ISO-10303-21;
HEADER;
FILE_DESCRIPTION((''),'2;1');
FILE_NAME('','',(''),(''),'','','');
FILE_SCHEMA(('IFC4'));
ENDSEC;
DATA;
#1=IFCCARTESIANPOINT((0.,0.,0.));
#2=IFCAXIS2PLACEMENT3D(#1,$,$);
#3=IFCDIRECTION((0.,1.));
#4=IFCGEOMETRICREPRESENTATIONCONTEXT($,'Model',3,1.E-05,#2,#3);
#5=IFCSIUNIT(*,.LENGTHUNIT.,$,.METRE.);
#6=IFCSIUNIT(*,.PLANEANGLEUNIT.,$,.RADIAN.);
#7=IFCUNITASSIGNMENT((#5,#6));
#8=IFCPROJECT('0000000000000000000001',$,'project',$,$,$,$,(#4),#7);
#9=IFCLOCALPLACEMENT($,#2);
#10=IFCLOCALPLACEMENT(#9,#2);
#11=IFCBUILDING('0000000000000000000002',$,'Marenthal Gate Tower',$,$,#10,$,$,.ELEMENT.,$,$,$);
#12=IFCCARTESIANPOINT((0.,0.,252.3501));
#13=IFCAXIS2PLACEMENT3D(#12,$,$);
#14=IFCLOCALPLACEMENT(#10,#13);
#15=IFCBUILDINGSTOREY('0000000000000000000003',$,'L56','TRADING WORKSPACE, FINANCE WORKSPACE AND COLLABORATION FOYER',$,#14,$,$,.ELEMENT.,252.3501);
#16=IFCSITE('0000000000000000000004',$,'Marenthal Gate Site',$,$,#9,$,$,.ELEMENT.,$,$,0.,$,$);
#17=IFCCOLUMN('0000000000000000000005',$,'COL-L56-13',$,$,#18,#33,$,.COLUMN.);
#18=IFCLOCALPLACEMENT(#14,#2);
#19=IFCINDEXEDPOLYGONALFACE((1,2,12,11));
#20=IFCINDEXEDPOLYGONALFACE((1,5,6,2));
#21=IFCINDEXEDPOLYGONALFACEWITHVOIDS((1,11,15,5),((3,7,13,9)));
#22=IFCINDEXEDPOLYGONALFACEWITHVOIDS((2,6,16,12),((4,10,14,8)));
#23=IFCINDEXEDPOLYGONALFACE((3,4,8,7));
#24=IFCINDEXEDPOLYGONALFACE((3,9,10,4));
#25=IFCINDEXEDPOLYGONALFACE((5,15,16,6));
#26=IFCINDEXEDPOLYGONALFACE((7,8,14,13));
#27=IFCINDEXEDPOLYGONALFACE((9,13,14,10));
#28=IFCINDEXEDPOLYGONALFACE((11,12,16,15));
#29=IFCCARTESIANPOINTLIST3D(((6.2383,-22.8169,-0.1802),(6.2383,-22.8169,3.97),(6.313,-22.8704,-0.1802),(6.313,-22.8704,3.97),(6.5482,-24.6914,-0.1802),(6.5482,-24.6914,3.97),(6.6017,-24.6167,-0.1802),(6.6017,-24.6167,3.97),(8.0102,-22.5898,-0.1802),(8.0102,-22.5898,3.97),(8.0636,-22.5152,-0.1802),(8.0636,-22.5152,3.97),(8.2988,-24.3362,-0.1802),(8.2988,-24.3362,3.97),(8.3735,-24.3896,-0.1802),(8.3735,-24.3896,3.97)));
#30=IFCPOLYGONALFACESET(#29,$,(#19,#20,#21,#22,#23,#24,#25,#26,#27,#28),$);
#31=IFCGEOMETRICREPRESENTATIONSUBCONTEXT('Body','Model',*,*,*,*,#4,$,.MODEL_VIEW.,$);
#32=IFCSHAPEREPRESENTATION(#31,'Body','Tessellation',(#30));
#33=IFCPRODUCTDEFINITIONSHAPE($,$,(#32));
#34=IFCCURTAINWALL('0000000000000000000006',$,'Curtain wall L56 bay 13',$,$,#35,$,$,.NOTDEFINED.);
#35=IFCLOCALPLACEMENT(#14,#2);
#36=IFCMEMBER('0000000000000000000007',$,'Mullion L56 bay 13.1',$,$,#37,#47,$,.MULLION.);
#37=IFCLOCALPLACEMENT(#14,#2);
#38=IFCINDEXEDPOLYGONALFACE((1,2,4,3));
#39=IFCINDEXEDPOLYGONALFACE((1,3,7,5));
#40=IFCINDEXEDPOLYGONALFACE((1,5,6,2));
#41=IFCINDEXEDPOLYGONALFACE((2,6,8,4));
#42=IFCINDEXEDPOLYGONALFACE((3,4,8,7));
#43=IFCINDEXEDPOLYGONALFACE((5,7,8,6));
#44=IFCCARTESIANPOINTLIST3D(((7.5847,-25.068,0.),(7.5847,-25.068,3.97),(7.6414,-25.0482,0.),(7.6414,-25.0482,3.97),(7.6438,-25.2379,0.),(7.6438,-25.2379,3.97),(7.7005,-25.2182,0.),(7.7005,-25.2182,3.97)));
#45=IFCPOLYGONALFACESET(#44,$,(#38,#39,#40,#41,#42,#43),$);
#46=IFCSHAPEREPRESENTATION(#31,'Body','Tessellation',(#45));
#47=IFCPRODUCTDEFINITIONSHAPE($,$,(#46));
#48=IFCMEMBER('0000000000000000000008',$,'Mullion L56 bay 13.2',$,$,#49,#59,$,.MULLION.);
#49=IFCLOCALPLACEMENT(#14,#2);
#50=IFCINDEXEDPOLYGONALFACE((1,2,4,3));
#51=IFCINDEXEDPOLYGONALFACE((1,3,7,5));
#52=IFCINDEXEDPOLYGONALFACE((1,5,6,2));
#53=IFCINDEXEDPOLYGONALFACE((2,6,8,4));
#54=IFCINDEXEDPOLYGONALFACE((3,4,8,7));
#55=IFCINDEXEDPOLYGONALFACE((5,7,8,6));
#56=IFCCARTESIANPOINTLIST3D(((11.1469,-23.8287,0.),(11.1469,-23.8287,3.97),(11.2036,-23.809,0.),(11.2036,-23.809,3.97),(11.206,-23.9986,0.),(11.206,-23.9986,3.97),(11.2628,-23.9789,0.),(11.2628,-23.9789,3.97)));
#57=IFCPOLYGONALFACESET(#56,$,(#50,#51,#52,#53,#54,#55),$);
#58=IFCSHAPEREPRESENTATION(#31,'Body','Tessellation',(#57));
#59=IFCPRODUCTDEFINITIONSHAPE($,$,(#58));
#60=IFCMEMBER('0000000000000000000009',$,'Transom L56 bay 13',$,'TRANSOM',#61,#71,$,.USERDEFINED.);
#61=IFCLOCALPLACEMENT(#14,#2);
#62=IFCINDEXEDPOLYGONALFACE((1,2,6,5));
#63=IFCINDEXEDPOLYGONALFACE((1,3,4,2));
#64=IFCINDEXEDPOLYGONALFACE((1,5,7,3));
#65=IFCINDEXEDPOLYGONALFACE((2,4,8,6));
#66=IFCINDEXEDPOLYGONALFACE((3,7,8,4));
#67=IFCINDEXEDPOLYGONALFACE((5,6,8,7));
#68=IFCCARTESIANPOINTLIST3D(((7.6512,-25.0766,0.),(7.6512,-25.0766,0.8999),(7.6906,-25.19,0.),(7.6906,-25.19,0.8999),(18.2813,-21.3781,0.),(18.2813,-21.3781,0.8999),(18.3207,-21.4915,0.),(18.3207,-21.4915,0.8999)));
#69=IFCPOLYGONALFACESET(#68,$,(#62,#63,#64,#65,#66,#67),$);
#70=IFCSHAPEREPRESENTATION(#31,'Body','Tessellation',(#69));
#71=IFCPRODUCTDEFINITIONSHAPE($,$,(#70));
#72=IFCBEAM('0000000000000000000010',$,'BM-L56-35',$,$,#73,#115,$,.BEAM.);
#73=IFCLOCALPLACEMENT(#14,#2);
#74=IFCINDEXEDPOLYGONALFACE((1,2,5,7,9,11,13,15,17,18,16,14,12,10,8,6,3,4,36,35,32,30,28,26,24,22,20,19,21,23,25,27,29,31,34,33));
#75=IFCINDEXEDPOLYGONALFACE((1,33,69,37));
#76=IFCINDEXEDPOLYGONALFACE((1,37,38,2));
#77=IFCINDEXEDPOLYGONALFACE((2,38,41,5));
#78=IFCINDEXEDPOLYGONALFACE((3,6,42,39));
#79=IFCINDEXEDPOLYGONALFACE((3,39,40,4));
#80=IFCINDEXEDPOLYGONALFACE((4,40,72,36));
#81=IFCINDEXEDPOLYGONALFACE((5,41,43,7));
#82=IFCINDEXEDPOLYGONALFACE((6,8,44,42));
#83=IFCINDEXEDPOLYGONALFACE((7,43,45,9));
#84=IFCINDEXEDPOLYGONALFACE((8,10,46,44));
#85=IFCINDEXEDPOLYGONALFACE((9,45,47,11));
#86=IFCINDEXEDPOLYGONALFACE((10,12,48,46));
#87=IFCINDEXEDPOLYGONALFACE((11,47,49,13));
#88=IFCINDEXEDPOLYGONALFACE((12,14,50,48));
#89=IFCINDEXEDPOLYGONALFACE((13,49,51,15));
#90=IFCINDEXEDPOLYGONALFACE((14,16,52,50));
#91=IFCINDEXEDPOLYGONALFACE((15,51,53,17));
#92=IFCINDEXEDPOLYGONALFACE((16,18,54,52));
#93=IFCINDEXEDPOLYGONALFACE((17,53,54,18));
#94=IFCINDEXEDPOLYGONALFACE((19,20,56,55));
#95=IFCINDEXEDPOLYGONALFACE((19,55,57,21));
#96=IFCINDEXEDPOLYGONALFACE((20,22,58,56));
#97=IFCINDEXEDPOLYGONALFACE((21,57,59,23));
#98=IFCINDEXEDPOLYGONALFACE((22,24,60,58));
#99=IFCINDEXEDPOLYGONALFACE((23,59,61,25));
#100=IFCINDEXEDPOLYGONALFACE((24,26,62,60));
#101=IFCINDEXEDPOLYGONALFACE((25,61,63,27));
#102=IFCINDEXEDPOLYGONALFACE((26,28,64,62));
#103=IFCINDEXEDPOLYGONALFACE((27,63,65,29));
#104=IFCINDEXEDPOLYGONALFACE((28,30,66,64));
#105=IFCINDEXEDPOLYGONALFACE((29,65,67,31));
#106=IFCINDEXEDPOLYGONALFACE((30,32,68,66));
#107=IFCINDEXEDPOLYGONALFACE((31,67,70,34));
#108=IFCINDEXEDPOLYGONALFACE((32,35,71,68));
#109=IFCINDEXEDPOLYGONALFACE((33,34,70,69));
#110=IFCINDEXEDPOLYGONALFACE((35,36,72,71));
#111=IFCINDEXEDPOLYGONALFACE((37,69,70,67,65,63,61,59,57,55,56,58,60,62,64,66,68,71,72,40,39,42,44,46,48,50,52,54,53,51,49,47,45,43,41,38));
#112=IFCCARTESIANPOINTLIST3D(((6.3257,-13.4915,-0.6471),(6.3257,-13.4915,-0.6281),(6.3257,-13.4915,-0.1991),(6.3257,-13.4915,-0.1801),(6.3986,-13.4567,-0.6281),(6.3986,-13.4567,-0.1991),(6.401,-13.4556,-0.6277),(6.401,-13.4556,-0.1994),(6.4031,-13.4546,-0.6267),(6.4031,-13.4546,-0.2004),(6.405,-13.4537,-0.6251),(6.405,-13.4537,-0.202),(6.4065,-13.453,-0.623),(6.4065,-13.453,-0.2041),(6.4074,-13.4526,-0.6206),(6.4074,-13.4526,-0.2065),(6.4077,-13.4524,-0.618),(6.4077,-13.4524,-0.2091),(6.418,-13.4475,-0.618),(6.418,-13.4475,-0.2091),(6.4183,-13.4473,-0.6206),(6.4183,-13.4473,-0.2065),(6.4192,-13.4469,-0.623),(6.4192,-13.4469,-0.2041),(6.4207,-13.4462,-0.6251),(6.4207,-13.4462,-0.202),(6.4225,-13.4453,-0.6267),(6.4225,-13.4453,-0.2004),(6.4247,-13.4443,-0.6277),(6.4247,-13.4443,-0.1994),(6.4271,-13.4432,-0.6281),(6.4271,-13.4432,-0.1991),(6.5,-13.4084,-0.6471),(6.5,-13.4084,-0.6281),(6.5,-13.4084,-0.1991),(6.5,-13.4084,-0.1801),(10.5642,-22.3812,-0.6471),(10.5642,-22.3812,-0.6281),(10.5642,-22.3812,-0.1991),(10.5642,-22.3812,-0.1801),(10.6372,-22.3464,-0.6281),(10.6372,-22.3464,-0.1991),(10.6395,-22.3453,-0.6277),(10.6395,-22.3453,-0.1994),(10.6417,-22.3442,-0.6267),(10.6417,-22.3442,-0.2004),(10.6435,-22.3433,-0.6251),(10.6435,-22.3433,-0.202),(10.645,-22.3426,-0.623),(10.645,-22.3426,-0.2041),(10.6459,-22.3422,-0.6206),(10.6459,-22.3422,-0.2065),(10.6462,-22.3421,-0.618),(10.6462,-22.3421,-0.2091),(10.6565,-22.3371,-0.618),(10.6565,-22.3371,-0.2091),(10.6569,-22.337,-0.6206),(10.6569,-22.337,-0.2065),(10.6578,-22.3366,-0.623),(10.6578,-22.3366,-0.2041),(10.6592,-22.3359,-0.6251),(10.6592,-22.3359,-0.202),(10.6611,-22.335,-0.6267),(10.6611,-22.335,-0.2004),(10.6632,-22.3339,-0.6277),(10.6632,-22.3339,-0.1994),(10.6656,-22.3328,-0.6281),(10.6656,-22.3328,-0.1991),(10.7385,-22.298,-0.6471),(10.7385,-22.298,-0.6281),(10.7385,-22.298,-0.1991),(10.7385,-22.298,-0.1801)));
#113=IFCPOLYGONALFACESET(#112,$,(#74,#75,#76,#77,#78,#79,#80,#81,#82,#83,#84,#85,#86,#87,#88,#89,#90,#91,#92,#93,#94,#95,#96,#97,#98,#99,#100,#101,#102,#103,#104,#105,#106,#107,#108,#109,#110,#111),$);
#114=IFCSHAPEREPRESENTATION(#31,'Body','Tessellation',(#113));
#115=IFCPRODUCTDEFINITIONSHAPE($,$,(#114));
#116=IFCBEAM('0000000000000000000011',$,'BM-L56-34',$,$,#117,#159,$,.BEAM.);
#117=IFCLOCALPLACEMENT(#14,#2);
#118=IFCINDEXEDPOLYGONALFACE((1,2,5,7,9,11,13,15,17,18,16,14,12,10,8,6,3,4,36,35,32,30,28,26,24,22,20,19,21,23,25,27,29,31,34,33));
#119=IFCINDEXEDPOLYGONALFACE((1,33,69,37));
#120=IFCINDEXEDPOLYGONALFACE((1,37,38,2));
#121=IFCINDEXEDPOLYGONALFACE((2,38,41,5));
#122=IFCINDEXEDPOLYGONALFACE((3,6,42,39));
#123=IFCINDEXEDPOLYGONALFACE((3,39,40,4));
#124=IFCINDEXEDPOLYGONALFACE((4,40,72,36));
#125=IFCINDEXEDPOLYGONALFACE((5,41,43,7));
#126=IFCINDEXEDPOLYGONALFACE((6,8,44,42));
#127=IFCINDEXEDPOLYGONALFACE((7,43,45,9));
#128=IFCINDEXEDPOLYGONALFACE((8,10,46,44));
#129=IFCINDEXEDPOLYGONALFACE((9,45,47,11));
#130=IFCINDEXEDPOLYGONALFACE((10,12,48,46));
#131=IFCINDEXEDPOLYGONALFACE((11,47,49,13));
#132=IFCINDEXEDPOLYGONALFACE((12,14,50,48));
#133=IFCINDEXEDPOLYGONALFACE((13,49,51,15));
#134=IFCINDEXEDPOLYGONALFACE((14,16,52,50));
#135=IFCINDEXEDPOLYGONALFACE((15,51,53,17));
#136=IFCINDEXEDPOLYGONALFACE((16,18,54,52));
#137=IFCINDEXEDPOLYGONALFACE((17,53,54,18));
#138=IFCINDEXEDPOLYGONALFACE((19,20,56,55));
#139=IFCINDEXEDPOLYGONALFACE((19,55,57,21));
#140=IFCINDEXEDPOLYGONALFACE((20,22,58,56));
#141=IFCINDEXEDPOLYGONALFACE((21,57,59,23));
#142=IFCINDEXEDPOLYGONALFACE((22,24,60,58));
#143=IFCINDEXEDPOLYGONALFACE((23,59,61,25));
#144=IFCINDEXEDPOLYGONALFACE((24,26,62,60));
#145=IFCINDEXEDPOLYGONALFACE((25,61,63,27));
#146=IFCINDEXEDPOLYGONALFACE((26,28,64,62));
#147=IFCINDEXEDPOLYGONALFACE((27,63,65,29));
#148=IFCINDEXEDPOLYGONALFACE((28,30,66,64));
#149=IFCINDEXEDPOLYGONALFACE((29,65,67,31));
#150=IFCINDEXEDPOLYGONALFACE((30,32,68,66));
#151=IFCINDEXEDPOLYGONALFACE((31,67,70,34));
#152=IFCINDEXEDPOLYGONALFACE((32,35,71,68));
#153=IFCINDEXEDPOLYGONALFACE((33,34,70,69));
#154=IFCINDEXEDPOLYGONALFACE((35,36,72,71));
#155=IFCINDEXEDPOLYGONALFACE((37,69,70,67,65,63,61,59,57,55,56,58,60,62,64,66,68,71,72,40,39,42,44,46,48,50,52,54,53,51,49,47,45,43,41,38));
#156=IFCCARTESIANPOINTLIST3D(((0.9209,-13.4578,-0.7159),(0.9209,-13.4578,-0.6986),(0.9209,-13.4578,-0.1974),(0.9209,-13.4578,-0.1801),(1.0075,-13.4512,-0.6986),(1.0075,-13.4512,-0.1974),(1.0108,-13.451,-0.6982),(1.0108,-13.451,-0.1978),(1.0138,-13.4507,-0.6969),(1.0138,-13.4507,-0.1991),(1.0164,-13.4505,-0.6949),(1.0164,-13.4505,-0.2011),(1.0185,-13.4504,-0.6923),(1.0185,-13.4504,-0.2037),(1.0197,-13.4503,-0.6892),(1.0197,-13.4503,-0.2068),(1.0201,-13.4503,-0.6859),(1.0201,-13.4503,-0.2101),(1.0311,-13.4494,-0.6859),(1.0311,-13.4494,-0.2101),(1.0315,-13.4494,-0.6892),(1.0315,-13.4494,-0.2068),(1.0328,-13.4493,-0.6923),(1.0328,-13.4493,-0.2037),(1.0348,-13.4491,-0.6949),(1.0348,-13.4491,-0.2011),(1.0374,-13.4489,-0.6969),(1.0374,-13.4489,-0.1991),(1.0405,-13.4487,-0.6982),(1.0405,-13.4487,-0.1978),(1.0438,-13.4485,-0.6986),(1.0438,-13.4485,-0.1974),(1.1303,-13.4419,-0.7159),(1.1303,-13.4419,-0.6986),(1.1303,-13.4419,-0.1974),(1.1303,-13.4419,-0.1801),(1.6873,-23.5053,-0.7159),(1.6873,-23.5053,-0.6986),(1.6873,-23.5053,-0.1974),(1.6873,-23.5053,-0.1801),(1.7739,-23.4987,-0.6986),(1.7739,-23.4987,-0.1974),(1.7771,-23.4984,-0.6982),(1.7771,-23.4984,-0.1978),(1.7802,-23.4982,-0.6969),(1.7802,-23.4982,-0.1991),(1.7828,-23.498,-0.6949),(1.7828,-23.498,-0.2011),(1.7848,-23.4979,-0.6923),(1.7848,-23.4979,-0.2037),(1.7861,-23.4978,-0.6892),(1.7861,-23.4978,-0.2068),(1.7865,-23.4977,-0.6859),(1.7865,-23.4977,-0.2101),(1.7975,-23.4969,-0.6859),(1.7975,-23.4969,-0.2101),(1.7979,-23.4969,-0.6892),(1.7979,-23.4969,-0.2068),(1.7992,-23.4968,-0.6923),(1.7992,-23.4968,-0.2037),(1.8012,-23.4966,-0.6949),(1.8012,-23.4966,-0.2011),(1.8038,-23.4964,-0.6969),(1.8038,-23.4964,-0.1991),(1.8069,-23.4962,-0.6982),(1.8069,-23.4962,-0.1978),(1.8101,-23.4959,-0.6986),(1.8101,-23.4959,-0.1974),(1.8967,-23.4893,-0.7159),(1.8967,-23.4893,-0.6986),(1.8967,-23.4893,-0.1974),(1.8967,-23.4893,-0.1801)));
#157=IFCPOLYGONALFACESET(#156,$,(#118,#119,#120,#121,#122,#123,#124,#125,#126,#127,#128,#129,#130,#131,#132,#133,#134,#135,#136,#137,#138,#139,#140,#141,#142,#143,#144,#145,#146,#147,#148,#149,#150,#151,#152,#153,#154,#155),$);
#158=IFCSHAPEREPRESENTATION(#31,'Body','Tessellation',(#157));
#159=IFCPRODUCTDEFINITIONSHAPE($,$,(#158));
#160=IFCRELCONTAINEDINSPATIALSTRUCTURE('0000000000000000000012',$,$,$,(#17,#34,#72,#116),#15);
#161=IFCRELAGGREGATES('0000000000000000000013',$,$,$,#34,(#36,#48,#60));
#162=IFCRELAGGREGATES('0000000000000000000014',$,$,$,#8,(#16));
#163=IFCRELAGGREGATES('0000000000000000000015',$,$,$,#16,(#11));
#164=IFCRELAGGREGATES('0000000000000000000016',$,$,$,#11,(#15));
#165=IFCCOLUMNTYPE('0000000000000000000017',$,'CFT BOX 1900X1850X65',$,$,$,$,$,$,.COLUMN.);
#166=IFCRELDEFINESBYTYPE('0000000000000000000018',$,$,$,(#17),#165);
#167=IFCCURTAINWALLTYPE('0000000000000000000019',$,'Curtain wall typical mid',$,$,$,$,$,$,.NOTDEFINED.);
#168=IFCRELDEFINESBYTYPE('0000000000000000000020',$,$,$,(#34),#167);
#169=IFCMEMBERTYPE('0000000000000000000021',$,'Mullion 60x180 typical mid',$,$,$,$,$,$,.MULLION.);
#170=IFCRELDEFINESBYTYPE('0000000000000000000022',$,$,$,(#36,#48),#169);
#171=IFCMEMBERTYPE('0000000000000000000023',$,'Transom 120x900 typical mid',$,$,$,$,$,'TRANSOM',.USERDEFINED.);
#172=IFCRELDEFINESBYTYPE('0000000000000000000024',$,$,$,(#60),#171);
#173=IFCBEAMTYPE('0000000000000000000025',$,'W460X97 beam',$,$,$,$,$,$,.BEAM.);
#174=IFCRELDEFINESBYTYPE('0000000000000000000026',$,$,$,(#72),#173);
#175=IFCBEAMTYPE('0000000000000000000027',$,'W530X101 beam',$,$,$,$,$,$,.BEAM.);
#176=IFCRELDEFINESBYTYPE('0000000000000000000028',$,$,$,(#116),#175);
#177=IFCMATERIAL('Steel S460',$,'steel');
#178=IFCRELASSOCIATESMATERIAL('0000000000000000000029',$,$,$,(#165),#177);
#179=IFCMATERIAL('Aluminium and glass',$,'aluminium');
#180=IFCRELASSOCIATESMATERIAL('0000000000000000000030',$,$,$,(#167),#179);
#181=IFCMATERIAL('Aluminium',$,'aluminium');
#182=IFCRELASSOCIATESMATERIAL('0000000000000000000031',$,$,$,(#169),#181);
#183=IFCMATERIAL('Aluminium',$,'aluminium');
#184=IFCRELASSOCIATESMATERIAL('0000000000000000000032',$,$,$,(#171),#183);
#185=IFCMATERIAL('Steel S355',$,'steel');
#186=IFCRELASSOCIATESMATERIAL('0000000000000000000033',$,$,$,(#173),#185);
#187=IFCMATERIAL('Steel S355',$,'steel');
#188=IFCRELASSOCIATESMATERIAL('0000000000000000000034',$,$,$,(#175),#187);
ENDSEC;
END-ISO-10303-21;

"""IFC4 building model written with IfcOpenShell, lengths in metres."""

from ifc_helpers import new_model, si_unit, direction, frame, origin, origin_2d, place, context, subcontext, project, spatial, rectangle, hollow_rectangle, i_section, extrude, material, material_profile, profile_set, type_object, element, aggregate, save


model = new_model("IFC4")

# Units and contexts
model_context = context("Model", 3, precision=1e-05, world=origin(), true_north=direction((0.0, 1.0)))
body_context = subcontext(model_context, "Body", "Model", "MODEL_VIEW")
ifc_project = project(units=[si_unit("LENGTHUNIT", "METRE"), si_unit("PLANEANGLEUNIT", "RADIAN")], contexts=[model_context])

# Site, building, storey
site_placement = place(None, origin())
site = spatial("IfcSite", under=ifc_project, at=site_placement, Name="Marenthal Gate Site", CompositionType="ELEMENT", RefElevation=0.0)
building_placement = place(site_placement, origin())
building = spatial("IfcBuilding", under=site, at=building_placement, Name="Marenthal Gate Tower", CompositionType="ELEMENT")
storey_placement = place(building_placement, frame((0.0, 0.0, 252.3501)))
storey = spatial("IfcBuildingStorey", under=building, at=storey_placement, Name="L56", Description="TRADING WORKSPACE, FINANCE WORKSPACE AND COLLABORATION FOYER", CompositionType="ELEMENT", Elevation=252.3501)

# Column
ifc_material_1 = material(Name="Steel S460", Category="steel")
ifc_material_profile_1 = material_profile(ifc_material_1, hollow_rectangle(XDim=1.8501, YDim=1.8999, WallThickness=0.0649, at=origin_2d()), Name="CFT BOX 1900X1850X65")
ifc_material_2 = material(Name="Concrete 70 MPa", Category="concrete")
ifc_material_profile_2 = material_profile(ifc_material_2, rectangle(XDim=1.72, YDim=1.77, at=origin_2d()), Name="CFT BOX 1900X1850X65 INFILL")
ifc_profile_set_1 = profile_set([ifc_material_profile_1, ifc_material_profile_2], Name="Steel S460 shell, Concrete 70 MPa infill")
column_type = type_object("IfcColumnType", Name="CFT BOX 1900X1850X65", PredefinedType="COLUMN", material=ifc_profile_set_1)
column_placement = place(storey_placement, frame((7.3059, -23.6033, -0.1802), z_axis=(0.0, 0.0, 1.0), x_axis=(-0.986611, -0.163088, 0.0)))
element("IfcColumn", 1, at=column_placement, inside=storey, type_object=column_type, Name="COL-L56-13", PredefinedType="COLUMN", context=body_context, shape_type="SweptSolid", body=[
    extrude(hollow_rectangle(XDim=1.8501, YDim=1.8999, WallThickness=0.0649, at=origin_2d()), origin(), (0.0, 0.0, 1.0), 4.1501),
])

# Curtain wall, members
ifc_material_3 = material(Name="Aluminium and glass", Category="aluminium")
curtain_wall_type = type_object("IfcCurtainWallType", Name="Curtain wall typical mid", PredefinedType="NOTDEFINED", material=ifc_material_3)
curtain_wall_placement = place(storey_placement, origin())
curtain_wall = element("IfcCurtainWall", 2, at=curtain_wall_placement, inside=storey, type_object=curtain_wall_type, Name="Curtain wall L56 bay 13", PredefinedType="NOTDEFINED")
ifc_material_4 = material(Name="Aluminium", Category="aluminium")
ifc_material_profile_3 = material_profile(ifc_material_4, rectangle(XDim=0.1799, YDim=0.0601, at=origin_2d()), Name="60x180 aluminium mullion")
ifc_profile_set_2 = profile_set([ifc_material_profile_3], Name="Aluminium")
member_type_1 = type_object("IfcMemberType", Name="Mullion 60x180 typical mid", PredefinedType="MULLION", material=ifc_profile_set_2)
member_1_placement = place(storey_placement, frame((7.6426, -25.1431, 0.0), z_axis=(0.0, 0.0, 1.0), x_axis=(-0.328612, 0.944465, 0.0)))
member_1 = element("IfcMember", 3, at=member_1_placement, type_object=member_type_1, Name="Mullion L56 bay 13.1", PredefinedType="MULLION", context=body_context, shape_type="SweptSolid", body=[
    extrude(rectangle(XDim=0.1799, YDim=0.0601, at=origin_2d()), origin(), (0.0, 0.0, 1.0), 3.97),
])
member_2_placement = place(storey_placement, frame((11.2048, -23.9038, 0.0), z_axis=(0.0, 0.0, 1.0), x_axis=(-0.328612, 0.944465, 0.0)))
member_2 = element("IfcMember", 4, at=member_2_placement, type_object=member_type_1, Name="Mullion L56 bay 13.2", PredefinedType="MULLION", context=body_context, shape_type="SweptSolid", body=[
    extrude(rectangle(XDim=0.1799, YDim=0.0601, at=origin_2d()), origin(), (0.0, 0.0, 1.0), 3.97),
])
ifc_material_5 = material(Name="Aluminium", Category="aluminium")
ifc_material_profile_4 = material_profile(ifc_material_5, rectangle(XDim=0.1201, YDim=0.8999, at=origin_2d()), Name="120x900 aluminium transom")
ifc_profile_set_3 = profile_set([ifc_material_profile_4], Name="Aluminium")
member_type_2 = type_object("IfcMemberType", Name="Transom 120x900 typical mid", ElementType="TRANSOM", PredefinedType="USERDEFINED", material=ifc_profile_set_3)
member_3_placement = place(storey_placement, frame((7.6709, -25.1333, 0.45), z_axis=(0.944468, 0.328604, 0.0), x_axis=(-0.328604, 0.944468, 0.0)))
member_3 = element("IfcMember", 5, at=member_3_placement, type_object=member_type_2, Name="Transom L56 bay 13", ObjectType="TRANSOM", PredefinedType="USERDEFINED", context=body_context, shape_type="SweptSolid", body=[
    extrude(rectangle(XDim=0.1201, YDim=0.8999, at=origin_2d()), origin(), (0.0, 0.0, 1.0), 11.2551),
])

# Beams
ifc_material_6 = material(Name="Steel S355", Category="steel")
ifc_material_profile_5 = material_profile(ifc_material_6, i_section(OverallWidth=0.1931, OverallDepth=0.467, WebThickness=0.0115, FlangeThickness=0.019, FilletRadius=0.01, at=origin_2d()), Name="W460X97")
ifc_profile_set_4 = profile_set([ifc_material_profile_5], Name="Steel S355")
beam_type_1 = type_object("IfcBeamType", Name="W460X97 beam", PredefinedType="BEAM", material=ifc_profile_set_4)
beam_1_placement = place(storey_placement, frame((10.6514, -22.3396, -0.4136), z_axis=(-0.430377, 0.902649, 0.0), x_axis=(-0.902649, -0.430377, 0.0)))
element("IfcBeam", 6, at=beam_1_placement, inside=storey, type_object=beam_type_1, Name="BM-L56-35", PredefinedType="BEAM", context=body_context, shape_type="SweptSolid", body=[
    extrude(i_section(OverallWidth=0.1931, OverallDepth=0.467, WebThickness=0.0115, FlangeThickness=0.019, FilletRadius=0.01, at=origin_2d()), origin(), (0.0, 0.0, 1.0), 9.8484),
])
ifc_material_7 = material(Name="Steel S355", Category="steel")
ifc_material_profile_6 = material_profile(ifc_material_7, i_section(OverallWidth=0.21, OverallDepth=0.5359, WebThickness=0.011, FlangeThickness=0.0173, FilletRadius=0.0127, at=origin_2d()), Name="W530X101")
ifc_profile_set_5 = profile_set([ifc_material_profile_6], Name="Steel S355")
beam_type_2 = type_object("IfcBeamType", Name="W530X101 beam", PredefinedType="BEAM", material=ifc_profile_set_5)
beam_2_placement = place(storey_placement, frame((1.792, -23.4973, -0.448), z_axis=(-0.076054, 0.997104, 0.0), x_axis=(-0.997104, -0.076054, 0.0)))
element("IfcBeam", 7, at=beam_2_placement, inside=storey, type_object=beam_type_2, Name="BM-L56-34", PredefinedType="BEAM", context=body_context, shape_type="SweptSolid", body=[
    extrude(i_section(OverallWidth=0.21, OverallDepth=0.5359, WebThickness=0.011, FlangeThickness=0.0173, FilletRadius=0.0127, at=origin_2d()), origin(), (0.0, 0.0, 1.0), 10.0767),
])

aggregate(curtain_wall, [member_1, member_2, member_3])

save(model, "model.ifc")
